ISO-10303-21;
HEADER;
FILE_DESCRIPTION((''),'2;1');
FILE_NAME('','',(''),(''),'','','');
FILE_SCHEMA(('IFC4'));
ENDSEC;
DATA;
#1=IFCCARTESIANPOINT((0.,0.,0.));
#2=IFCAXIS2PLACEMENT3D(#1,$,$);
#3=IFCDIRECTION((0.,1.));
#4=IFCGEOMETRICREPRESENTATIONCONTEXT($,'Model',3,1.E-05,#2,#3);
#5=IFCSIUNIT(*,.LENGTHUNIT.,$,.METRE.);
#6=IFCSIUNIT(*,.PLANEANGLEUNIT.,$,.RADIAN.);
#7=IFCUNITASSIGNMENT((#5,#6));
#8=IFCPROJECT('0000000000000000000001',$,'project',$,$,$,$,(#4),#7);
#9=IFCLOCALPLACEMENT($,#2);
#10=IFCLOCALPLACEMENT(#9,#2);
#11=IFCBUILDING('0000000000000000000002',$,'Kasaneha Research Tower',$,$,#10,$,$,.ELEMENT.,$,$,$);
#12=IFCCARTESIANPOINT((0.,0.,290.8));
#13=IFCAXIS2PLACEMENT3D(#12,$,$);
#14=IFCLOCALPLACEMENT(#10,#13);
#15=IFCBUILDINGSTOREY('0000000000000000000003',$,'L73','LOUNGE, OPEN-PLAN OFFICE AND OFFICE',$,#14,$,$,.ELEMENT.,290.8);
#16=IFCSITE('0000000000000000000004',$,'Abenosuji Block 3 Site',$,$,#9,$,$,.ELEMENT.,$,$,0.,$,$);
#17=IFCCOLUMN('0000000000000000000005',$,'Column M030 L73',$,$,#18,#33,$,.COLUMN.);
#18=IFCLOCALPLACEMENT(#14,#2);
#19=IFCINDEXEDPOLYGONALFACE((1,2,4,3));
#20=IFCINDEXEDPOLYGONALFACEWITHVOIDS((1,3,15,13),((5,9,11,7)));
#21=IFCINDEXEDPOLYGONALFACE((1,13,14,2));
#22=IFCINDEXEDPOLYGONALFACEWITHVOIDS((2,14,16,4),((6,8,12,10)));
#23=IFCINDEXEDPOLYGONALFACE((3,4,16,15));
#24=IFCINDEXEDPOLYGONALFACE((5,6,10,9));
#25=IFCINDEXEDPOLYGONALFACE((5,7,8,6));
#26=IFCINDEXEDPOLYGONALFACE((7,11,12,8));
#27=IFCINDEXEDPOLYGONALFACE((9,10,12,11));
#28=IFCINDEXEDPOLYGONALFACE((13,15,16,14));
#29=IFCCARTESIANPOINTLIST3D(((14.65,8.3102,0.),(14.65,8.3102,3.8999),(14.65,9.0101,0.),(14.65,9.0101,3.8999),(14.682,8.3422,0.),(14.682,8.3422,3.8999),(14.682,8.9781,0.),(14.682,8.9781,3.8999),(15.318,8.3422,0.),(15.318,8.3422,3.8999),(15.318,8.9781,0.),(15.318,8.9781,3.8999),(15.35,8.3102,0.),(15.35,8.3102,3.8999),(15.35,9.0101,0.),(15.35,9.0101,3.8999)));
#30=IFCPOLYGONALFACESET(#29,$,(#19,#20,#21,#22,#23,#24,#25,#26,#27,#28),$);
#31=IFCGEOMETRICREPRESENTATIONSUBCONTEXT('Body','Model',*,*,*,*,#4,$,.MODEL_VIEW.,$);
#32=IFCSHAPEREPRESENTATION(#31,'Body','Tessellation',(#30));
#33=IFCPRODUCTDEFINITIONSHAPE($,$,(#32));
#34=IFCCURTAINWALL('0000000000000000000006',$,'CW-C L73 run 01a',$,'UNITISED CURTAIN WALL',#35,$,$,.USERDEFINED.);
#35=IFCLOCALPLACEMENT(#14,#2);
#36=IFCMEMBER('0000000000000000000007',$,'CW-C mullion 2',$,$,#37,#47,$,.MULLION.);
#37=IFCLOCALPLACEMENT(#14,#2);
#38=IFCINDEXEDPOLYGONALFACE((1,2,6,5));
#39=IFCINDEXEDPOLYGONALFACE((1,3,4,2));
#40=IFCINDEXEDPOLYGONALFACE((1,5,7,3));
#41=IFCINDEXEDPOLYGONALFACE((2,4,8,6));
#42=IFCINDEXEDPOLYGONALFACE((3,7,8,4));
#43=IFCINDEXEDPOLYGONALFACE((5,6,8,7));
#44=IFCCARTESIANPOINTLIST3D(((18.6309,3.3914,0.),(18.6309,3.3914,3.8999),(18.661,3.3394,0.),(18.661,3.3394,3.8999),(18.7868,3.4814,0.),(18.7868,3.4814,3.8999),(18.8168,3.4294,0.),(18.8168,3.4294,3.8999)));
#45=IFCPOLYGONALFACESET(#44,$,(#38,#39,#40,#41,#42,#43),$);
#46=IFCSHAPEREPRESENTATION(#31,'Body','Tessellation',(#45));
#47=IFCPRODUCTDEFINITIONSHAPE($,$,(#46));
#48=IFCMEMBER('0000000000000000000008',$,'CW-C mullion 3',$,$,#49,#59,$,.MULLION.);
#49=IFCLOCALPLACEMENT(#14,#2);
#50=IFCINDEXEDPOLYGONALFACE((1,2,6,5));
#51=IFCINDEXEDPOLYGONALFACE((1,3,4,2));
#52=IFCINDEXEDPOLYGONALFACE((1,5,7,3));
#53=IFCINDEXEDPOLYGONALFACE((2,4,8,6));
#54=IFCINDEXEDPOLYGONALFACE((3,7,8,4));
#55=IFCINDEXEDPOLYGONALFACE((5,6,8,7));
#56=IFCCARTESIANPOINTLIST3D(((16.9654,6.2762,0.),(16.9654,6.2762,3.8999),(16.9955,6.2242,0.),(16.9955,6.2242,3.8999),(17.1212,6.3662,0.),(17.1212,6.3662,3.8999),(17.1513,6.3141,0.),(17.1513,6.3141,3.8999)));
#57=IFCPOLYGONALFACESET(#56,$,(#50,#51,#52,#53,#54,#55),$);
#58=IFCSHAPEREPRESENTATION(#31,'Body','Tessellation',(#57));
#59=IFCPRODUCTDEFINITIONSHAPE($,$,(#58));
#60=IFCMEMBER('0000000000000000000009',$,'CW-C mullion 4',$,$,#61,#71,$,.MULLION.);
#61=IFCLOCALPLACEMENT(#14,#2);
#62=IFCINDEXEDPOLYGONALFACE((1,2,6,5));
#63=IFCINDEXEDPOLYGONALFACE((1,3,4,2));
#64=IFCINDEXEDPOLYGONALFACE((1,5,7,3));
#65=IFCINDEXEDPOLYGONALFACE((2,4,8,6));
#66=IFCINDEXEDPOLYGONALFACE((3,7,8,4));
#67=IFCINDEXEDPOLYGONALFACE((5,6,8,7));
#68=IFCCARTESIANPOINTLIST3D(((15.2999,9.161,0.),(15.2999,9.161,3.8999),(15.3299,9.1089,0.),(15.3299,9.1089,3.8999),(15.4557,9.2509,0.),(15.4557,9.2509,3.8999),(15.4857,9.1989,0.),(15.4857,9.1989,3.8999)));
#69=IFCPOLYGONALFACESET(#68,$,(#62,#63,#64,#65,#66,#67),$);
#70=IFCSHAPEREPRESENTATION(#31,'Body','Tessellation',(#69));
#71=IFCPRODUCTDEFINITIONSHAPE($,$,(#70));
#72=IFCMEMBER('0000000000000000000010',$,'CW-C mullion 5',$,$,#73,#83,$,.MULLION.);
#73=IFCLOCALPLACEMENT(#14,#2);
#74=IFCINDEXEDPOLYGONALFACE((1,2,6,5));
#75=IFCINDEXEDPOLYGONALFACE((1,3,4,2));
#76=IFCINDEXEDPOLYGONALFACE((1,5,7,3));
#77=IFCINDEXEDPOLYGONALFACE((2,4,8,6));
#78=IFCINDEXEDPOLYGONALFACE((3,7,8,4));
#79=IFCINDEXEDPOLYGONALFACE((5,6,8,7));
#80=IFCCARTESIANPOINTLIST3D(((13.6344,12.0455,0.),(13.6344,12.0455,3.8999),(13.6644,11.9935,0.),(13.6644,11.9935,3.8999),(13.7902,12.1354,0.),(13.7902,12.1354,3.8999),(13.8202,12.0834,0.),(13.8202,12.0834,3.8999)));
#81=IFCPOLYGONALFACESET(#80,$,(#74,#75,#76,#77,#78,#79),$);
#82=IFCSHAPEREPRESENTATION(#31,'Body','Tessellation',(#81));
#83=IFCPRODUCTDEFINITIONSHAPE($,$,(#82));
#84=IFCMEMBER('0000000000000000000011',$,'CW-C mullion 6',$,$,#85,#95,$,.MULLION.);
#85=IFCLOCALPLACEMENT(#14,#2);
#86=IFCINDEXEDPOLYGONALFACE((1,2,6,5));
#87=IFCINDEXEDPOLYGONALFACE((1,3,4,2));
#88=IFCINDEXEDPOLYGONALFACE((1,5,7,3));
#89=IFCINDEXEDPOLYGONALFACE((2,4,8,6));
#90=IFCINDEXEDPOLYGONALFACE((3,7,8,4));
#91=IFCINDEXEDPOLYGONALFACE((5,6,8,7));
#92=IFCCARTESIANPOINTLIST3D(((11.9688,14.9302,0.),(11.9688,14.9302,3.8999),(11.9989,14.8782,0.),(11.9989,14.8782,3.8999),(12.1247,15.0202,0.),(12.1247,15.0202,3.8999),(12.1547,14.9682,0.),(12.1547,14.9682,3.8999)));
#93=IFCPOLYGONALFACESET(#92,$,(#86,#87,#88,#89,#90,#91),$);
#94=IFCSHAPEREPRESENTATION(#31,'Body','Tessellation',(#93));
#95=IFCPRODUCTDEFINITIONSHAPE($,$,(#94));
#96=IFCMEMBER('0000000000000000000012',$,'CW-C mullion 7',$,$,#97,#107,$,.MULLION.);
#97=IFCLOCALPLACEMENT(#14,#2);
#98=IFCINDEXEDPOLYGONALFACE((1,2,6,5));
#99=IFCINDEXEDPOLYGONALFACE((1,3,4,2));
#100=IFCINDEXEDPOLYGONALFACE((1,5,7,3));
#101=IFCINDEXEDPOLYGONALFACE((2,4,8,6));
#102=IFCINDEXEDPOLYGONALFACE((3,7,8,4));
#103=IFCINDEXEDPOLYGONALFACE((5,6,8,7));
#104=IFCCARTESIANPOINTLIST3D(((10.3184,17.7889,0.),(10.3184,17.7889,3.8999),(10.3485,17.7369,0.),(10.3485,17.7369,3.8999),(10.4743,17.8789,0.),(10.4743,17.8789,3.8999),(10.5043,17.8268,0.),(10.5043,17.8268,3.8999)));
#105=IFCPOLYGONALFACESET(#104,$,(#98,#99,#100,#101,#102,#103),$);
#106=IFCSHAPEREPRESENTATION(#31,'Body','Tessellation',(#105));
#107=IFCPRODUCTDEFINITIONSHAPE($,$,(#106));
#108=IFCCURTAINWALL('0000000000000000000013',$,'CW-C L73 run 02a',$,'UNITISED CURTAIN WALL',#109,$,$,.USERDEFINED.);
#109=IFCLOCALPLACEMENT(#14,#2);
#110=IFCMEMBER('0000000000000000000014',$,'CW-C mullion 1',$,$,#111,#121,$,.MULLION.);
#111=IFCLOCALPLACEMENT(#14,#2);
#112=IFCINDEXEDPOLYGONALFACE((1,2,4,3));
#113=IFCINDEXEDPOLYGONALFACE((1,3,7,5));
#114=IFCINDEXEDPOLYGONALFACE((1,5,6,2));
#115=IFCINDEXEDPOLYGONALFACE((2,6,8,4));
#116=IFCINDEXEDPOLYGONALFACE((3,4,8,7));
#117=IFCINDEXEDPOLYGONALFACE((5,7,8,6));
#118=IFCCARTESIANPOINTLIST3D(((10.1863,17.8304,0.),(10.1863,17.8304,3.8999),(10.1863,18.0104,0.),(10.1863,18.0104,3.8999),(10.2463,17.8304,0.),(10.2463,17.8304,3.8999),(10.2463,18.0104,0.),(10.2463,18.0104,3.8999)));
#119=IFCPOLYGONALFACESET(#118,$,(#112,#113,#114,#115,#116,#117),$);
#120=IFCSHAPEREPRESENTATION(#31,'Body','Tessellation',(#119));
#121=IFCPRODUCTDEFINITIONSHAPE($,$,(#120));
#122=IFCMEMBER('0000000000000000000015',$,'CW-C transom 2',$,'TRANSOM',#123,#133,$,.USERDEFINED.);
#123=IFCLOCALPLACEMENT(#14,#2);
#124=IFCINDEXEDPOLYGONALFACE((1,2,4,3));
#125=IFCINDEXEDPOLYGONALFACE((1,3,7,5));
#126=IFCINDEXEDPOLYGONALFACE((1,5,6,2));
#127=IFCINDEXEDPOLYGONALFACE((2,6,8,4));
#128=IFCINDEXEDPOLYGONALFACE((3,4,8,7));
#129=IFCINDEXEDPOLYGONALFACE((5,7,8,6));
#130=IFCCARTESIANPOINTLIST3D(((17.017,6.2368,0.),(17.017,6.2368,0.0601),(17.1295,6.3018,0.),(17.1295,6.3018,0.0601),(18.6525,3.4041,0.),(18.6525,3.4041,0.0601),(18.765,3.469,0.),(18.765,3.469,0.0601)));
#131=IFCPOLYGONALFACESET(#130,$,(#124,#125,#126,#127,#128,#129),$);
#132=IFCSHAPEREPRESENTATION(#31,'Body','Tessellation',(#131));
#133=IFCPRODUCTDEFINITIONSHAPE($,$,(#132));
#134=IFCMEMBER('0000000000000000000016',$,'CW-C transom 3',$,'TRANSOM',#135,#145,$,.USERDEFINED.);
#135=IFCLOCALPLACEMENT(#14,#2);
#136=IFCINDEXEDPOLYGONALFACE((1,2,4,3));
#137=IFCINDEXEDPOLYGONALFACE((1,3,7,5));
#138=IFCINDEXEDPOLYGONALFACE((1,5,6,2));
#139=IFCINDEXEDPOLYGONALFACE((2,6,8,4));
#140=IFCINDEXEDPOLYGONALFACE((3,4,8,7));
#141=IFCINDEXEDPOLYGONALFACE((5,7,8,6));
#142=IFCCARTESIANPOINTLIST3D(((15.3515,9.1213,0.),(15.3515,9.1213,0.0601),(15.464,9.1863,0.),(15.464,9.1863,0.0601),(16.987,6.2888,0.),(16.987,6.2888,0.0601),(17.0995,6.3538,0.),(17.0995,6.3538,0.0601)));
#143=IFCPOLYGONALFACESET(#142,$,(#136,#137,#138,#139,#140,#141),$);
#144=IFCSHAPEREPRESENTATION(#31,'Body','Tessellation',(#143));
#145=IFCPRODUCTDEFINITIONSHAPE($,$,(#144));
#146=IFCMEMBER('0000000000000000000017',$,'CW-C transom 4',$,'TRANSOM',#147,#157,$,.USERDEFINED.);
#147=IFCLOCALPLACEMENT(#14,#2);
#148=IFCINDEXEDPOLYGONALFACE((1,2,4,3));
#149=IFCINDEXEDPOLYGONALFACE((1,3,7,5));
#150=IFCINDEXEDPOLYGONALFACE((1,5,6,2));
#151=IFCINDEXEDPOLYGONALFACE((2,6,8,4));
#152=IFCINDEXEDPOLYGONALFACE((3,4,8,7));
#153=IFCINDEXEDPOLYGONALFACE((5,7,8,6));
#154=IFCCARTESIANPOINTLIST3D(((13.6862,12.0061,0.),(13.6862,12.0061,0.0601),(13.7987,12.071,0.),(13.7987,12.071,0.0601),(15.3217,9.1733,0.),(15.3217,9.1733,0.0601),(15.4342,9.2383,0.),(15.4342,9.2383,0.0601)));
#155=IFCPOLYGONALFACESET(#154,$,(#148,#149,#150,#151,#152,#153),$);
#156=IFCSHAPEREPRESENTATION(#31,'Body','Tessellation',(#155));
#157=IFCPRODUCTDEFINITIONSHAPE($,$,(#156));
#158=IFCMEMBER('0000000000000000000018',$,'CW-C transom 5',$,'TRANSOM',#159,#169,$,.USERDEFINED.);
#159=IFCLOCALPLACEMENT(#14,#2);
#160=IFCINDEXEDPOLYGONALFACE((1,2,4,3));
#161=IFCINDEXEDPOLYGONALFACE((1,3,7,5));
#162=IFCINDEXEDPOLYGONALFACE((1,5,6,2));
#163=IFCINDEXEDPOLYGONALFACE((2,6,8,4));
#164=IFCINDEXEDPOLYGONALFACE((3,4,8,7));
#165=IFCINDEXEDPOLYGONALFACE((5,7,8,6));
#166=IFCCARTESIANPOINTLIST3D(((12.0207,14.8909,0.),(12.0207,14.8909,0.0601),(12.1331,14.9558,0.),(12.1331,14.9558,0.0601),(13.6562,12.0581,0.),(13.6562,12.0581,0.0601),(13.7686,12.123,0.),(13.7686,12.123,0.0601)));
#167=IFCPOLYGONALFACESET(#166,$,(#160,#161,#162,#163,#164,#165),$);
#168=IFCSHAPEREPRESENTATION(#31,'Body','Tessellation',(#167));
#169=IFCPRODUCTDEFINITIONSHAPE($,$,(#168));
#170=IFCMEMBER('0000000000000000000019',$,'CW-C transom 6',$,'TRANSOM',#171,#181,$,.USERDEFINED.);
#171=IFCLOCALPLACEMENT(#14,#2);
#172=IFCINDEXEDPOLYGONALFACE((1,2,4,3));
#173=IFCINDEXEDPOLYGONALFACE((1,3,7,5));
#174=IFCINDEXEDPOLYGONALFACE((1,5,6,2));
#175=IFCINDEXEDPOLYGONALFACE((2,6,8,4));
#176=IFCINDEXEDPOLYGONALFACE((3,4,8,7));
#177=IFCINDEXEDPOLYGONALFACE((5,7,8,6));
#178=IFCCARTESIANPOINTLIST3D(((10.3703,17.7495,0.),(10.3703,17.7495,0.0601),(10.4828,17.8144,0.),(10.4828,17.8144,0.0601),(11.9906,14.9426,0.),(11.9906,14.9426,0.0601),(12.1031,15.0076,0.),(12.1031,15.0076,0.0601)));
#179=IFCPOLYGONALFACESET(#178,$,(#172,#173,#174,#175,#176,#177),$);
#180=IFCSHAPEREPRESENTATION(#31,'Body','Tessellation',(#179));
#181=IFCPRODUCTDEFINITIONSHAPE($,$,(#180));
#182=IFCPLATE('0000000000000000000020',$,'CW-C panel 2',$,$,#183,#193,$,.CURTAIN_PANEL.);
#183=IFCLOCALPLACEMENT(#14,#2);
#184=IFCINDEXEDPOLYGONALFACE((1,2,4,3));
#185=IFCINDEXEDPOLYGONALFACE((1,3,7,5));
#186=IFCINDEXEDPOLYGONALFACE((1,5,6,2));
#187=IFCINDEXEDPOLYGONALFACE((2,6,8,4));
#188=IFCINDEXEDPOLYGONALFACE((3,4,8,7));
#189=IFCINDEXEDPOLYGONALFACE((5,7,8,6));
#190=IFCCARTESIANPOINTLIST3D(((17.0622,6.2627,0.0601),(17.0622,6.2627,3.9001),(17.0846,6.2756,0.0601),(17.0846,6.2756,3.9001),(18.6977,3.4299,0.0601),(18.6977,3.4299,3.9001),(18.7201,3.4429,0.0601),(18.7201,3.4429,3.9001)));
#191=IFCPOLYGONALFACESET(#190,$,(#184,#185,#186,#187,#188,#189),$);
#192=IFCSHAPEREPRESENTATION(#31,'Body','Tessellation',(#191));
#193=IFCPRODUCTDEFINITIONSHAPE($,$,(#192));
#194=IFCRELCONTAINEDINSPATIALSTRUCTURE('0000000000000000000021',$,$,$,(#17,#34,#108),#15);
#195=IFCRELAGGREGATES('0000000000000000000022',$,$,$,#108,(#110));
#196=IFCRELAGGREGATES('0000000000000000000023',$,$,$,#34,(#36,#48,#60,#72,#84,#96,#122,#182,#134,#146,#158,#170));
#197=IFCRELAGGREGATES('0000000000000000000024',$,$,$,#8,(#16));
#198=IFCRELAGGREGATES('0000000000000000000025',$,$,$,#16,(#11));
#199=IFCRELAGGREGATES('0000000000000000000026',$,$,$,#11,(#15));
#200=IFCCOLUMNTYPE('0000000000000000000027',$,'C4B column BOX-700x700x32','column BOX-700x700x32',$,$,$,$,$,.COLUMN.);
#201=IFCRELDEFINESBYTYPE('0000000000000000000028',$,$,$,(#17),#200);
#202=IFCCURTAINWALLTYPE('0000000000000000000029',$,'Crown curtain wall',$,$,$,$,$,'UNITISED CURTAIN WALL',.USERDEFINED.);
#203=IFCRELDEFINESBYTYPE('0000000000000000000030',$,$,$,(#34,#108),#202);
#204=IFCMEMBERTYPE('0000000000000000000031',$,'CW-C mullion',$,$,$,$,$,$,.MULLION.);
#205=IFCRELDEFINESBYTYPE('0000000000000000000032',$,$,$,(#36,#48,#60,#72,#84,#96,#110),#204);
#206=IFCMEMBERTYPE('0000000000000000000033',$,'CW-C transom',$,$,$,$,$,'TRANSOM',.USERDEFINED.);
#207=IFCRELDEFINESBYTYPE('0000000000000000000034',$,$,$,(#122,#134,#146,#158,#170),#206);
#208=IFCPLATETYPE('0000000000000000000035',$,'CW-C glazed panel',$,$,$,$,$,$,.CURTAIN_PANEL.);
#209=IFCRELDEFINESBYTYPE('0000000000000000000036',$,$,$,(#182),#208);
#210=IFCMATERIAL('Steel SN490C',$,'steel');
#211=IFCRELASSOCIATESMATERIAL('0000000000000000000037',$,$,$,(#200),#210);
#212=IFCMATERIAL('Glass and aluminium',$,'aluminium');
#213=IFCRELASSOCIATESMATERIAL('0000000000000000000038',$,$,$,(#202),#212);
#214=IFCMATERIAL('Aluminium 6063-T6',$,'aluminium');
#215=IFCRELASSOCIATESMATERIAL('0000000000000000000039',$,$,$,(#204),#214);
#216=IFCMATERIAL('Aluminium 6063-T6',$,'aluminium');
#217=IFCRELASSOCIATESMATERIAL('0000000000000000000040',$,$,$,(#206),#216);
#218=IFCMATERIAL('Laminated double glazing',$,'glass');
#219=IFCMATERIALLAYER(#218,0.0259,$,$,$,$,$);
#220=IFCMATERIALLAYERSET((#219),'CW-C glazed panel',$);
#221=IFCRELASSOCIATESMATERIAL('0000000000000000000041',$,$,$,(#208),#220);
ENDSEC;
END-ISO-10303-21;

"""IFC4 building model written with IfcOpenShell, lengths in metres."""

from ifc_helpers import new_model, si_unit, direction, frame, origin, origin_2d, place, context, subcontext, project, spatial, rectangle, hollow_rectangle, extrude, material, layer, layer_set, material_profile, profile_set, type_object, element, aggregate, save


model = new_model("IFC4")

# Units and contexts
model_context = context("Model", 3, precision=1e-05, world=origin(), true_north=direction((0.0, 1.0)))
body_context = subcontext(model_context, "Body", "Model", "MODEL_VIEW")
ifc_project = project(units=[si_unit("LENGTHUNIT", "METRE"), si_unit("PLANEANGLEUNIT", "RADIAN")], contexts=[model_context])

# Site, building, storey
site_placement = place(None, origin())
site = spatial("IfcSite", under=ifc_project, at=site_placement, Name="Abenosuji Block 3 Site", CompositionType="ELEMENT", RefElevation=0.0)
building_placement = place(site_placement, origin())
building = spatial("IfcBuilding", under=site, at=building_placement, Name="Kasaneha Research Tower", CompositionType="ELEMENT")
storey_placement = place(building_placement, frame((0.0, 0.0, 290.8)))
storey = spatial("IfcBuildingStorey", under=building, at=storey_placement, Name="L73", Description="LOUNGE, OPEN-PLAN OFFICE AND OFFICE", CompositionType="ELEMENT", Elevation=290.8)

# Column
ifc_material_1 = material(Name="Steel SN490C", Category="steel")
ifc_material_profile_1 = material_profile(ifc_material_1, hollow_rectangle(XDim=0.7, YDim=0.7, WallThickness=0.032, at=origin_2d()), Name="BOX-700x700x32")
ifc_profile_set_1 = profile_set([ifc_material_profile_1], Name="Steel SN490C")
column_type = type_object("IfcColumnType", Name="C4B column BOX-700x700x32", Description="column BOX-700x700x32", PredefinedType="COLUMN", material=ifc_profile_set_1)
column_placement = place(storey_placement, frame((15.0, 8.6602, 0.0), z_axis=(0.0, 0.0, 1.0), x_axis=(1.0, 0.0, 0.0)))
element("IfcColumn", 1, at=column_placement, inside=storey, type_object=column_type, Name="Column M030 L73", PredefinedType="COLUMN", context=body_context, shape_type="SweptSolid", body=[
    extrude(hollow_rectangle(XDim=0.7, YDim=0.7, WallThickness=0.032, at=origin_2d()), origin(), (0.0, 0.0, 1.0), 3.8999),
])

# Curtain wall, members
ifc_material_2 = material(Name="Glass and aluminium", Category="aluminium")
curtain_wall_type = type_object("IfcCurtainWallType", Name="Crown curtain wall", ElementType="UNITISED CURTAIN WALL", PredefinedType="USERDEFINED", material=ifc_material_2)
curtain_wall_1_placement = place(storey_placement, origin())
curtain_wall_1 = element("IfcCurtainWall", 2, at=curtain_wall_1_placement, inside=storey, type_object=curtain_wall_type, Name="CW-C L73 run 01a", ObjectType="UNITISED CURTAIN WALL", PredefinedType="USERDEFINED")
ifc_material_3 = material(Name="Aluminium 6063-T6", Category="aluminium")
ifc_material_profile_2 = material_profile(ifc_material_3, rectangle(XDim=0.0601, YDim=0.1799, at=origin_2d()), Name="CW-C mullion 60x180")
ifc_profile_set_2 = profile_set([ifc_material_profile_2], Name="Aluminium 6063-T6")
member_type_1 = type_object("IfcMemberType", Name="CW-C mullion", PredefinedType="MULLION", material=ifc_profile_set_2)
member_1_placement = place(storey_placement, frame((18.7239, 3.4104, 0.0), z_axis=(0.0, 0.0, 1.0), x_axis=(-0.5, 0.866025, 0.0)))
member_1 = element("IfcMember", 3, at=member_1_placement, type_object=member_type_1, Name="CW-C mullion 2", PredefinedType="MULLION", context=body_context, shape_type="SweptSolid", body=[
    extrude(rectangle(XDim=0.0601, YDim=0.1799, at=origin_2d()), origin(), (0.0, 0.0, 1.0), 3.8999),
])
member_2_placement = place(storey_placement, frame((17.0583, 6.2952, 0.0), z_axis=(0.0, 0.0, 1.0), x_axis=(-0.5, 0.866025, 0.0)))
member_2 = element("IfcMember", 4, at=member_2_placement, type_object=member_type_1, Name="CW-C mullion 3", PredefinedType="MULLION", context=body_context, shape_type="SweptSolid", body=[
    extrude(rectangle(XDim=0.0601, YDim=0.1799, at=origin_2d()), origin(), (0.0, 0.0, 1.0), 3.8999),
])
member_3_placement = place(storey_placement, frame((15.3928, 9.1799, 0.0), z_axis=(0.0, 0.0, 1.0), x_axis=(-0.5, 0.866025, 0.0)))
member_3 = element("IfcMember", 5, at=member_3_placement, type_object=member_type_1, Name="CW-C mullion 4", PredefinedType="MULLION", context=body_context, shape_type="SweptSolid", body=[
    extrude(rectangle(XDim=0.0601, YDim=0.1799, at=origin_2d()), origin(), (0.0, 0.0, 1.0), 3.8999),
])
member_4_placement = place(storey_placement, frame((13.7273, 12.0645, 0.0), z_axis=(0.0, 0.0, 1.0), x_axis=(-0.5, 0.866025, 0.0)))
member_4 = element("IfcMember", 6, at=member_4_placement, type_object=member_type_1, Name="CW-C mullion 5", PredefinedType="MULLION", context=body_context, shape_type="SweptSolid", body=[
    extrude(rectangle(XDim=0.0601, YDim=0.1799, at=origin_2d()), origin(), (0.0, 0.0, 1.0), 3.8999),
])
member_5_placement = place(storey_placement, frame((12.0618, 14.9492, 0.0), z_axis=(0.0, 0.0, 1.0), x_axis=(-0.5, 0.866025, 0.0)))
member_5 = element("IfcMember", 7, at=member_5_placement, type_object=member_type_1, Name="CW-C mullion 6", PredefinedType="MULLION", context=body_context, shape_type="SweptSolid", body=[
    extrude(rectangle(XDim=0.0601, YDim=0.1799, at=origin_2d()), origin(), (0.0, 0.0, 1.0), 3.8999),
])
member_6_placement = place(storey_placement, frame((10.4114, 17.8079, 0.0), z_axis=(0.0, 0.0, 1.0), x_axis=(-0.5, 0.866025, 0.0)))
member_6 = element("IfcMember", 8, at=member_6_placement, type_object=member_type_1, Name="CW-C mullion 7", PredefinedType="MULLION", context=body_context, shape_type="SweptSolid", body=[
    extrude(rectangle(XDim=0.0601, YDim=0.1799, at=origin_2d()), origin(), (0.0, 0.0, 1.0), 3.8999),
])

# Curtain wall, member
curtain_wall_2_placement = place(storey_placement, origin())
curtain_wall_2 = element("IfcCurtainWall", 9, at=curtain_wall_2_placement, inside=storey, type_object=curtain_wall_type, Name="CW-C L73 run 02a", ObjectType="UNITISED CURTAIN WALL", PredefinedType="USERDEFINED")
member_7_placement = place(storey_placement, frame((10.2163, 17.9204, 0.0), z_axis=(0.0, 0.0, 1.0), x_axis=(-1.0, 0.0, 0.0)))
member_7 = element("IfcMember", 10, at=member_7_placement, type_object=member_type_1, Name="CW-C mullion 1", PredefinedType="MULLION", context=body_context, shape_type="SweptSolid", body=[
    extrude(rectangle(XDim=0.0601, YDim=0.1799, at=origin_2d()), origin(), (0.0, 0.0, 1.0), 3.8999),
])
aggregate(curtain_wall_2, [member_7])

# Members
ifc_material_4 = material(Name="Aluminium 6063-T6", Category="aluminium")
ifc_material_profile_3 = material_profile(ifc_material_4, rectangle(XDim=0.1299, YDim=0.0601, at=origin_2d()), Name="CW-C transom 130x60")
ifc_profile_set_3 = profile_set([ifc_material_profile_3], Name="Aluminium 6063-T6")
member_type_2 = type_object("IfcMemberType", Name="CW-C transom", ElementType="TRANSOM", PredefinedType="USERDEFINED", material=ifc_profile_set_3)
member_8_placement = place(storey_placement, frame((18.7087, 3.4365, 0.03), z_axis=(-0.5, 0.866025, 0.0), x_axis=(-0.866025, -0.5, 0.0)))
member_8 = element("IfcMember", 11, at=member_8_placement, type_object=member_type_2, Name="CW-C transom 2", ObjectType="TRANSOM", PredefinedType="USERDEFINED", context=body_context, shape_type="SweptSolid", body=[
    extrude(rectangle(XDim=0.1299, YDim=0.0601, at=origin_2d()), origin(), (0.0, 0.0, 1.0), 3.271),
])
member_9_placement = place(storey_placement, frame((17.0432, 6.3213, 0.03), z_axis=(-0.500033, 0.866007, 0.0), x_axis=(-0.866007, -0.500033, 0.0)))
member_9 = element("IfcMember", 12, at=member_9_placement, type_object=member_type_2, Name="CW-C transom 3", ObjectType="TRANSOM", PredefinedType="USERDEFINED", context=body_context, shape_type="SweptSolid", body=[
    extrude(rectangle(XDim=0.1299, YDim=0.0601, at=origin_2d()), origin(), (0.0, 0.0, 1.0), 3.2708),
])
member_10_placement = place(storey_placement, frame((15.3779, 9.2058, 0.03), z_axis=(-0.5, 0.866025, 0.0), x_axis=(-0.866025, -0.5, 0.0)))
member_10 = element("IfcMember", 13, at=member_10_placement, type_object=member_type_2, Name="CW-C transom 4", ObjectType="TRANSOM", PredefinedType="USERDEFINED", context=body_context, shape_type="SweptSolid", body=[
    extrude(rectangle(XDim=0.1299, YDim=0.0601, at=origin_2d()), origin(), (0.0, 0.0, 1.0), 3.271),
])
member_11_placement = place(storey_placement, frame((13.7124, 12.0906, 0.03), z_axis=(-0.5, 0.866025, 0.0), x_axis=(-0.866025, -0.5, 0.0)))
member_11 = element("IfcMember", 14, at=member_11_placement, type_object=member_type_2, Name="CW-C transom 5", ObjectType="TRANSOM", PredefinedType="USERDEFINED", context=body_context, shape_type="SweptSolid", body=[
    extrude(rectangle(XDim=0.1299, YDim=0.0601, at=origin_2d()), origin(), (0.0, 0.0, 1.0), 3.271),
])
member_12_placement = place(storey_placement, frame((12.0469, 14.9751, 0.03), z_axis=(-0.499955, 0.866051, 0.0), x_axis=(-0.866051, -0.499955, 0.0)))
member_12 = element("IfcMember", 15, at=member_12_placement, type_object=member_type_2, Name="CW-C transom 6", ObjectType="TRANSOM", PredefinedType="USERDEFINED", context=body_context, shape_type="SweptSolid", body=[
    extrude(rectangle(XDim=0.1299, YDim=0.0601, at=origin_2d()), origin(), (0.0, 0.0, 1.0), 3.241),
])

# Plate
ifc_material_5 = material(Name="Laminated double glazing", Category="glass")
ifc_layer_1 = layer(ifc_material_5, 0.0259)
ifc_layer_set_1 = layer_set([ifc_layer_1], Name="CW-C glazed panel")
plate_type = type_object("IfcPlateType", Name="CW-C glazed panel", PredefinedType="CURTAIN_PANEL", material=ifc_layer_set_1)
plate_1_placement = place(storey_placement, frame((17.8911, 4.8528, 0.0601), z_axis=(0.0, 0.0, 1.0), x_axis=(-0.5, 0.866025, 0.0)))
plate_1 = element("IfcPlate", 16, at=plate_1_placement, type_object=plate_type, Name="CW-C panel 2", PredefinedType="CURTAIN_PANEL", context=body_context, shape_type="SweptSolid", body=[
    extrude(rectangle(XDim=3.271, YDim=0.0259, at=origin_2d()), origin(), (0.0, 0.0, 1.0), 3.8401),
])
aggregate(curtain_wall_1, [member_1, member_2, member_3, member_4, member_5, member_6, member_8, plate_1, member_9, member_10, member_11, member_12])

save(model, "model.ifc")
